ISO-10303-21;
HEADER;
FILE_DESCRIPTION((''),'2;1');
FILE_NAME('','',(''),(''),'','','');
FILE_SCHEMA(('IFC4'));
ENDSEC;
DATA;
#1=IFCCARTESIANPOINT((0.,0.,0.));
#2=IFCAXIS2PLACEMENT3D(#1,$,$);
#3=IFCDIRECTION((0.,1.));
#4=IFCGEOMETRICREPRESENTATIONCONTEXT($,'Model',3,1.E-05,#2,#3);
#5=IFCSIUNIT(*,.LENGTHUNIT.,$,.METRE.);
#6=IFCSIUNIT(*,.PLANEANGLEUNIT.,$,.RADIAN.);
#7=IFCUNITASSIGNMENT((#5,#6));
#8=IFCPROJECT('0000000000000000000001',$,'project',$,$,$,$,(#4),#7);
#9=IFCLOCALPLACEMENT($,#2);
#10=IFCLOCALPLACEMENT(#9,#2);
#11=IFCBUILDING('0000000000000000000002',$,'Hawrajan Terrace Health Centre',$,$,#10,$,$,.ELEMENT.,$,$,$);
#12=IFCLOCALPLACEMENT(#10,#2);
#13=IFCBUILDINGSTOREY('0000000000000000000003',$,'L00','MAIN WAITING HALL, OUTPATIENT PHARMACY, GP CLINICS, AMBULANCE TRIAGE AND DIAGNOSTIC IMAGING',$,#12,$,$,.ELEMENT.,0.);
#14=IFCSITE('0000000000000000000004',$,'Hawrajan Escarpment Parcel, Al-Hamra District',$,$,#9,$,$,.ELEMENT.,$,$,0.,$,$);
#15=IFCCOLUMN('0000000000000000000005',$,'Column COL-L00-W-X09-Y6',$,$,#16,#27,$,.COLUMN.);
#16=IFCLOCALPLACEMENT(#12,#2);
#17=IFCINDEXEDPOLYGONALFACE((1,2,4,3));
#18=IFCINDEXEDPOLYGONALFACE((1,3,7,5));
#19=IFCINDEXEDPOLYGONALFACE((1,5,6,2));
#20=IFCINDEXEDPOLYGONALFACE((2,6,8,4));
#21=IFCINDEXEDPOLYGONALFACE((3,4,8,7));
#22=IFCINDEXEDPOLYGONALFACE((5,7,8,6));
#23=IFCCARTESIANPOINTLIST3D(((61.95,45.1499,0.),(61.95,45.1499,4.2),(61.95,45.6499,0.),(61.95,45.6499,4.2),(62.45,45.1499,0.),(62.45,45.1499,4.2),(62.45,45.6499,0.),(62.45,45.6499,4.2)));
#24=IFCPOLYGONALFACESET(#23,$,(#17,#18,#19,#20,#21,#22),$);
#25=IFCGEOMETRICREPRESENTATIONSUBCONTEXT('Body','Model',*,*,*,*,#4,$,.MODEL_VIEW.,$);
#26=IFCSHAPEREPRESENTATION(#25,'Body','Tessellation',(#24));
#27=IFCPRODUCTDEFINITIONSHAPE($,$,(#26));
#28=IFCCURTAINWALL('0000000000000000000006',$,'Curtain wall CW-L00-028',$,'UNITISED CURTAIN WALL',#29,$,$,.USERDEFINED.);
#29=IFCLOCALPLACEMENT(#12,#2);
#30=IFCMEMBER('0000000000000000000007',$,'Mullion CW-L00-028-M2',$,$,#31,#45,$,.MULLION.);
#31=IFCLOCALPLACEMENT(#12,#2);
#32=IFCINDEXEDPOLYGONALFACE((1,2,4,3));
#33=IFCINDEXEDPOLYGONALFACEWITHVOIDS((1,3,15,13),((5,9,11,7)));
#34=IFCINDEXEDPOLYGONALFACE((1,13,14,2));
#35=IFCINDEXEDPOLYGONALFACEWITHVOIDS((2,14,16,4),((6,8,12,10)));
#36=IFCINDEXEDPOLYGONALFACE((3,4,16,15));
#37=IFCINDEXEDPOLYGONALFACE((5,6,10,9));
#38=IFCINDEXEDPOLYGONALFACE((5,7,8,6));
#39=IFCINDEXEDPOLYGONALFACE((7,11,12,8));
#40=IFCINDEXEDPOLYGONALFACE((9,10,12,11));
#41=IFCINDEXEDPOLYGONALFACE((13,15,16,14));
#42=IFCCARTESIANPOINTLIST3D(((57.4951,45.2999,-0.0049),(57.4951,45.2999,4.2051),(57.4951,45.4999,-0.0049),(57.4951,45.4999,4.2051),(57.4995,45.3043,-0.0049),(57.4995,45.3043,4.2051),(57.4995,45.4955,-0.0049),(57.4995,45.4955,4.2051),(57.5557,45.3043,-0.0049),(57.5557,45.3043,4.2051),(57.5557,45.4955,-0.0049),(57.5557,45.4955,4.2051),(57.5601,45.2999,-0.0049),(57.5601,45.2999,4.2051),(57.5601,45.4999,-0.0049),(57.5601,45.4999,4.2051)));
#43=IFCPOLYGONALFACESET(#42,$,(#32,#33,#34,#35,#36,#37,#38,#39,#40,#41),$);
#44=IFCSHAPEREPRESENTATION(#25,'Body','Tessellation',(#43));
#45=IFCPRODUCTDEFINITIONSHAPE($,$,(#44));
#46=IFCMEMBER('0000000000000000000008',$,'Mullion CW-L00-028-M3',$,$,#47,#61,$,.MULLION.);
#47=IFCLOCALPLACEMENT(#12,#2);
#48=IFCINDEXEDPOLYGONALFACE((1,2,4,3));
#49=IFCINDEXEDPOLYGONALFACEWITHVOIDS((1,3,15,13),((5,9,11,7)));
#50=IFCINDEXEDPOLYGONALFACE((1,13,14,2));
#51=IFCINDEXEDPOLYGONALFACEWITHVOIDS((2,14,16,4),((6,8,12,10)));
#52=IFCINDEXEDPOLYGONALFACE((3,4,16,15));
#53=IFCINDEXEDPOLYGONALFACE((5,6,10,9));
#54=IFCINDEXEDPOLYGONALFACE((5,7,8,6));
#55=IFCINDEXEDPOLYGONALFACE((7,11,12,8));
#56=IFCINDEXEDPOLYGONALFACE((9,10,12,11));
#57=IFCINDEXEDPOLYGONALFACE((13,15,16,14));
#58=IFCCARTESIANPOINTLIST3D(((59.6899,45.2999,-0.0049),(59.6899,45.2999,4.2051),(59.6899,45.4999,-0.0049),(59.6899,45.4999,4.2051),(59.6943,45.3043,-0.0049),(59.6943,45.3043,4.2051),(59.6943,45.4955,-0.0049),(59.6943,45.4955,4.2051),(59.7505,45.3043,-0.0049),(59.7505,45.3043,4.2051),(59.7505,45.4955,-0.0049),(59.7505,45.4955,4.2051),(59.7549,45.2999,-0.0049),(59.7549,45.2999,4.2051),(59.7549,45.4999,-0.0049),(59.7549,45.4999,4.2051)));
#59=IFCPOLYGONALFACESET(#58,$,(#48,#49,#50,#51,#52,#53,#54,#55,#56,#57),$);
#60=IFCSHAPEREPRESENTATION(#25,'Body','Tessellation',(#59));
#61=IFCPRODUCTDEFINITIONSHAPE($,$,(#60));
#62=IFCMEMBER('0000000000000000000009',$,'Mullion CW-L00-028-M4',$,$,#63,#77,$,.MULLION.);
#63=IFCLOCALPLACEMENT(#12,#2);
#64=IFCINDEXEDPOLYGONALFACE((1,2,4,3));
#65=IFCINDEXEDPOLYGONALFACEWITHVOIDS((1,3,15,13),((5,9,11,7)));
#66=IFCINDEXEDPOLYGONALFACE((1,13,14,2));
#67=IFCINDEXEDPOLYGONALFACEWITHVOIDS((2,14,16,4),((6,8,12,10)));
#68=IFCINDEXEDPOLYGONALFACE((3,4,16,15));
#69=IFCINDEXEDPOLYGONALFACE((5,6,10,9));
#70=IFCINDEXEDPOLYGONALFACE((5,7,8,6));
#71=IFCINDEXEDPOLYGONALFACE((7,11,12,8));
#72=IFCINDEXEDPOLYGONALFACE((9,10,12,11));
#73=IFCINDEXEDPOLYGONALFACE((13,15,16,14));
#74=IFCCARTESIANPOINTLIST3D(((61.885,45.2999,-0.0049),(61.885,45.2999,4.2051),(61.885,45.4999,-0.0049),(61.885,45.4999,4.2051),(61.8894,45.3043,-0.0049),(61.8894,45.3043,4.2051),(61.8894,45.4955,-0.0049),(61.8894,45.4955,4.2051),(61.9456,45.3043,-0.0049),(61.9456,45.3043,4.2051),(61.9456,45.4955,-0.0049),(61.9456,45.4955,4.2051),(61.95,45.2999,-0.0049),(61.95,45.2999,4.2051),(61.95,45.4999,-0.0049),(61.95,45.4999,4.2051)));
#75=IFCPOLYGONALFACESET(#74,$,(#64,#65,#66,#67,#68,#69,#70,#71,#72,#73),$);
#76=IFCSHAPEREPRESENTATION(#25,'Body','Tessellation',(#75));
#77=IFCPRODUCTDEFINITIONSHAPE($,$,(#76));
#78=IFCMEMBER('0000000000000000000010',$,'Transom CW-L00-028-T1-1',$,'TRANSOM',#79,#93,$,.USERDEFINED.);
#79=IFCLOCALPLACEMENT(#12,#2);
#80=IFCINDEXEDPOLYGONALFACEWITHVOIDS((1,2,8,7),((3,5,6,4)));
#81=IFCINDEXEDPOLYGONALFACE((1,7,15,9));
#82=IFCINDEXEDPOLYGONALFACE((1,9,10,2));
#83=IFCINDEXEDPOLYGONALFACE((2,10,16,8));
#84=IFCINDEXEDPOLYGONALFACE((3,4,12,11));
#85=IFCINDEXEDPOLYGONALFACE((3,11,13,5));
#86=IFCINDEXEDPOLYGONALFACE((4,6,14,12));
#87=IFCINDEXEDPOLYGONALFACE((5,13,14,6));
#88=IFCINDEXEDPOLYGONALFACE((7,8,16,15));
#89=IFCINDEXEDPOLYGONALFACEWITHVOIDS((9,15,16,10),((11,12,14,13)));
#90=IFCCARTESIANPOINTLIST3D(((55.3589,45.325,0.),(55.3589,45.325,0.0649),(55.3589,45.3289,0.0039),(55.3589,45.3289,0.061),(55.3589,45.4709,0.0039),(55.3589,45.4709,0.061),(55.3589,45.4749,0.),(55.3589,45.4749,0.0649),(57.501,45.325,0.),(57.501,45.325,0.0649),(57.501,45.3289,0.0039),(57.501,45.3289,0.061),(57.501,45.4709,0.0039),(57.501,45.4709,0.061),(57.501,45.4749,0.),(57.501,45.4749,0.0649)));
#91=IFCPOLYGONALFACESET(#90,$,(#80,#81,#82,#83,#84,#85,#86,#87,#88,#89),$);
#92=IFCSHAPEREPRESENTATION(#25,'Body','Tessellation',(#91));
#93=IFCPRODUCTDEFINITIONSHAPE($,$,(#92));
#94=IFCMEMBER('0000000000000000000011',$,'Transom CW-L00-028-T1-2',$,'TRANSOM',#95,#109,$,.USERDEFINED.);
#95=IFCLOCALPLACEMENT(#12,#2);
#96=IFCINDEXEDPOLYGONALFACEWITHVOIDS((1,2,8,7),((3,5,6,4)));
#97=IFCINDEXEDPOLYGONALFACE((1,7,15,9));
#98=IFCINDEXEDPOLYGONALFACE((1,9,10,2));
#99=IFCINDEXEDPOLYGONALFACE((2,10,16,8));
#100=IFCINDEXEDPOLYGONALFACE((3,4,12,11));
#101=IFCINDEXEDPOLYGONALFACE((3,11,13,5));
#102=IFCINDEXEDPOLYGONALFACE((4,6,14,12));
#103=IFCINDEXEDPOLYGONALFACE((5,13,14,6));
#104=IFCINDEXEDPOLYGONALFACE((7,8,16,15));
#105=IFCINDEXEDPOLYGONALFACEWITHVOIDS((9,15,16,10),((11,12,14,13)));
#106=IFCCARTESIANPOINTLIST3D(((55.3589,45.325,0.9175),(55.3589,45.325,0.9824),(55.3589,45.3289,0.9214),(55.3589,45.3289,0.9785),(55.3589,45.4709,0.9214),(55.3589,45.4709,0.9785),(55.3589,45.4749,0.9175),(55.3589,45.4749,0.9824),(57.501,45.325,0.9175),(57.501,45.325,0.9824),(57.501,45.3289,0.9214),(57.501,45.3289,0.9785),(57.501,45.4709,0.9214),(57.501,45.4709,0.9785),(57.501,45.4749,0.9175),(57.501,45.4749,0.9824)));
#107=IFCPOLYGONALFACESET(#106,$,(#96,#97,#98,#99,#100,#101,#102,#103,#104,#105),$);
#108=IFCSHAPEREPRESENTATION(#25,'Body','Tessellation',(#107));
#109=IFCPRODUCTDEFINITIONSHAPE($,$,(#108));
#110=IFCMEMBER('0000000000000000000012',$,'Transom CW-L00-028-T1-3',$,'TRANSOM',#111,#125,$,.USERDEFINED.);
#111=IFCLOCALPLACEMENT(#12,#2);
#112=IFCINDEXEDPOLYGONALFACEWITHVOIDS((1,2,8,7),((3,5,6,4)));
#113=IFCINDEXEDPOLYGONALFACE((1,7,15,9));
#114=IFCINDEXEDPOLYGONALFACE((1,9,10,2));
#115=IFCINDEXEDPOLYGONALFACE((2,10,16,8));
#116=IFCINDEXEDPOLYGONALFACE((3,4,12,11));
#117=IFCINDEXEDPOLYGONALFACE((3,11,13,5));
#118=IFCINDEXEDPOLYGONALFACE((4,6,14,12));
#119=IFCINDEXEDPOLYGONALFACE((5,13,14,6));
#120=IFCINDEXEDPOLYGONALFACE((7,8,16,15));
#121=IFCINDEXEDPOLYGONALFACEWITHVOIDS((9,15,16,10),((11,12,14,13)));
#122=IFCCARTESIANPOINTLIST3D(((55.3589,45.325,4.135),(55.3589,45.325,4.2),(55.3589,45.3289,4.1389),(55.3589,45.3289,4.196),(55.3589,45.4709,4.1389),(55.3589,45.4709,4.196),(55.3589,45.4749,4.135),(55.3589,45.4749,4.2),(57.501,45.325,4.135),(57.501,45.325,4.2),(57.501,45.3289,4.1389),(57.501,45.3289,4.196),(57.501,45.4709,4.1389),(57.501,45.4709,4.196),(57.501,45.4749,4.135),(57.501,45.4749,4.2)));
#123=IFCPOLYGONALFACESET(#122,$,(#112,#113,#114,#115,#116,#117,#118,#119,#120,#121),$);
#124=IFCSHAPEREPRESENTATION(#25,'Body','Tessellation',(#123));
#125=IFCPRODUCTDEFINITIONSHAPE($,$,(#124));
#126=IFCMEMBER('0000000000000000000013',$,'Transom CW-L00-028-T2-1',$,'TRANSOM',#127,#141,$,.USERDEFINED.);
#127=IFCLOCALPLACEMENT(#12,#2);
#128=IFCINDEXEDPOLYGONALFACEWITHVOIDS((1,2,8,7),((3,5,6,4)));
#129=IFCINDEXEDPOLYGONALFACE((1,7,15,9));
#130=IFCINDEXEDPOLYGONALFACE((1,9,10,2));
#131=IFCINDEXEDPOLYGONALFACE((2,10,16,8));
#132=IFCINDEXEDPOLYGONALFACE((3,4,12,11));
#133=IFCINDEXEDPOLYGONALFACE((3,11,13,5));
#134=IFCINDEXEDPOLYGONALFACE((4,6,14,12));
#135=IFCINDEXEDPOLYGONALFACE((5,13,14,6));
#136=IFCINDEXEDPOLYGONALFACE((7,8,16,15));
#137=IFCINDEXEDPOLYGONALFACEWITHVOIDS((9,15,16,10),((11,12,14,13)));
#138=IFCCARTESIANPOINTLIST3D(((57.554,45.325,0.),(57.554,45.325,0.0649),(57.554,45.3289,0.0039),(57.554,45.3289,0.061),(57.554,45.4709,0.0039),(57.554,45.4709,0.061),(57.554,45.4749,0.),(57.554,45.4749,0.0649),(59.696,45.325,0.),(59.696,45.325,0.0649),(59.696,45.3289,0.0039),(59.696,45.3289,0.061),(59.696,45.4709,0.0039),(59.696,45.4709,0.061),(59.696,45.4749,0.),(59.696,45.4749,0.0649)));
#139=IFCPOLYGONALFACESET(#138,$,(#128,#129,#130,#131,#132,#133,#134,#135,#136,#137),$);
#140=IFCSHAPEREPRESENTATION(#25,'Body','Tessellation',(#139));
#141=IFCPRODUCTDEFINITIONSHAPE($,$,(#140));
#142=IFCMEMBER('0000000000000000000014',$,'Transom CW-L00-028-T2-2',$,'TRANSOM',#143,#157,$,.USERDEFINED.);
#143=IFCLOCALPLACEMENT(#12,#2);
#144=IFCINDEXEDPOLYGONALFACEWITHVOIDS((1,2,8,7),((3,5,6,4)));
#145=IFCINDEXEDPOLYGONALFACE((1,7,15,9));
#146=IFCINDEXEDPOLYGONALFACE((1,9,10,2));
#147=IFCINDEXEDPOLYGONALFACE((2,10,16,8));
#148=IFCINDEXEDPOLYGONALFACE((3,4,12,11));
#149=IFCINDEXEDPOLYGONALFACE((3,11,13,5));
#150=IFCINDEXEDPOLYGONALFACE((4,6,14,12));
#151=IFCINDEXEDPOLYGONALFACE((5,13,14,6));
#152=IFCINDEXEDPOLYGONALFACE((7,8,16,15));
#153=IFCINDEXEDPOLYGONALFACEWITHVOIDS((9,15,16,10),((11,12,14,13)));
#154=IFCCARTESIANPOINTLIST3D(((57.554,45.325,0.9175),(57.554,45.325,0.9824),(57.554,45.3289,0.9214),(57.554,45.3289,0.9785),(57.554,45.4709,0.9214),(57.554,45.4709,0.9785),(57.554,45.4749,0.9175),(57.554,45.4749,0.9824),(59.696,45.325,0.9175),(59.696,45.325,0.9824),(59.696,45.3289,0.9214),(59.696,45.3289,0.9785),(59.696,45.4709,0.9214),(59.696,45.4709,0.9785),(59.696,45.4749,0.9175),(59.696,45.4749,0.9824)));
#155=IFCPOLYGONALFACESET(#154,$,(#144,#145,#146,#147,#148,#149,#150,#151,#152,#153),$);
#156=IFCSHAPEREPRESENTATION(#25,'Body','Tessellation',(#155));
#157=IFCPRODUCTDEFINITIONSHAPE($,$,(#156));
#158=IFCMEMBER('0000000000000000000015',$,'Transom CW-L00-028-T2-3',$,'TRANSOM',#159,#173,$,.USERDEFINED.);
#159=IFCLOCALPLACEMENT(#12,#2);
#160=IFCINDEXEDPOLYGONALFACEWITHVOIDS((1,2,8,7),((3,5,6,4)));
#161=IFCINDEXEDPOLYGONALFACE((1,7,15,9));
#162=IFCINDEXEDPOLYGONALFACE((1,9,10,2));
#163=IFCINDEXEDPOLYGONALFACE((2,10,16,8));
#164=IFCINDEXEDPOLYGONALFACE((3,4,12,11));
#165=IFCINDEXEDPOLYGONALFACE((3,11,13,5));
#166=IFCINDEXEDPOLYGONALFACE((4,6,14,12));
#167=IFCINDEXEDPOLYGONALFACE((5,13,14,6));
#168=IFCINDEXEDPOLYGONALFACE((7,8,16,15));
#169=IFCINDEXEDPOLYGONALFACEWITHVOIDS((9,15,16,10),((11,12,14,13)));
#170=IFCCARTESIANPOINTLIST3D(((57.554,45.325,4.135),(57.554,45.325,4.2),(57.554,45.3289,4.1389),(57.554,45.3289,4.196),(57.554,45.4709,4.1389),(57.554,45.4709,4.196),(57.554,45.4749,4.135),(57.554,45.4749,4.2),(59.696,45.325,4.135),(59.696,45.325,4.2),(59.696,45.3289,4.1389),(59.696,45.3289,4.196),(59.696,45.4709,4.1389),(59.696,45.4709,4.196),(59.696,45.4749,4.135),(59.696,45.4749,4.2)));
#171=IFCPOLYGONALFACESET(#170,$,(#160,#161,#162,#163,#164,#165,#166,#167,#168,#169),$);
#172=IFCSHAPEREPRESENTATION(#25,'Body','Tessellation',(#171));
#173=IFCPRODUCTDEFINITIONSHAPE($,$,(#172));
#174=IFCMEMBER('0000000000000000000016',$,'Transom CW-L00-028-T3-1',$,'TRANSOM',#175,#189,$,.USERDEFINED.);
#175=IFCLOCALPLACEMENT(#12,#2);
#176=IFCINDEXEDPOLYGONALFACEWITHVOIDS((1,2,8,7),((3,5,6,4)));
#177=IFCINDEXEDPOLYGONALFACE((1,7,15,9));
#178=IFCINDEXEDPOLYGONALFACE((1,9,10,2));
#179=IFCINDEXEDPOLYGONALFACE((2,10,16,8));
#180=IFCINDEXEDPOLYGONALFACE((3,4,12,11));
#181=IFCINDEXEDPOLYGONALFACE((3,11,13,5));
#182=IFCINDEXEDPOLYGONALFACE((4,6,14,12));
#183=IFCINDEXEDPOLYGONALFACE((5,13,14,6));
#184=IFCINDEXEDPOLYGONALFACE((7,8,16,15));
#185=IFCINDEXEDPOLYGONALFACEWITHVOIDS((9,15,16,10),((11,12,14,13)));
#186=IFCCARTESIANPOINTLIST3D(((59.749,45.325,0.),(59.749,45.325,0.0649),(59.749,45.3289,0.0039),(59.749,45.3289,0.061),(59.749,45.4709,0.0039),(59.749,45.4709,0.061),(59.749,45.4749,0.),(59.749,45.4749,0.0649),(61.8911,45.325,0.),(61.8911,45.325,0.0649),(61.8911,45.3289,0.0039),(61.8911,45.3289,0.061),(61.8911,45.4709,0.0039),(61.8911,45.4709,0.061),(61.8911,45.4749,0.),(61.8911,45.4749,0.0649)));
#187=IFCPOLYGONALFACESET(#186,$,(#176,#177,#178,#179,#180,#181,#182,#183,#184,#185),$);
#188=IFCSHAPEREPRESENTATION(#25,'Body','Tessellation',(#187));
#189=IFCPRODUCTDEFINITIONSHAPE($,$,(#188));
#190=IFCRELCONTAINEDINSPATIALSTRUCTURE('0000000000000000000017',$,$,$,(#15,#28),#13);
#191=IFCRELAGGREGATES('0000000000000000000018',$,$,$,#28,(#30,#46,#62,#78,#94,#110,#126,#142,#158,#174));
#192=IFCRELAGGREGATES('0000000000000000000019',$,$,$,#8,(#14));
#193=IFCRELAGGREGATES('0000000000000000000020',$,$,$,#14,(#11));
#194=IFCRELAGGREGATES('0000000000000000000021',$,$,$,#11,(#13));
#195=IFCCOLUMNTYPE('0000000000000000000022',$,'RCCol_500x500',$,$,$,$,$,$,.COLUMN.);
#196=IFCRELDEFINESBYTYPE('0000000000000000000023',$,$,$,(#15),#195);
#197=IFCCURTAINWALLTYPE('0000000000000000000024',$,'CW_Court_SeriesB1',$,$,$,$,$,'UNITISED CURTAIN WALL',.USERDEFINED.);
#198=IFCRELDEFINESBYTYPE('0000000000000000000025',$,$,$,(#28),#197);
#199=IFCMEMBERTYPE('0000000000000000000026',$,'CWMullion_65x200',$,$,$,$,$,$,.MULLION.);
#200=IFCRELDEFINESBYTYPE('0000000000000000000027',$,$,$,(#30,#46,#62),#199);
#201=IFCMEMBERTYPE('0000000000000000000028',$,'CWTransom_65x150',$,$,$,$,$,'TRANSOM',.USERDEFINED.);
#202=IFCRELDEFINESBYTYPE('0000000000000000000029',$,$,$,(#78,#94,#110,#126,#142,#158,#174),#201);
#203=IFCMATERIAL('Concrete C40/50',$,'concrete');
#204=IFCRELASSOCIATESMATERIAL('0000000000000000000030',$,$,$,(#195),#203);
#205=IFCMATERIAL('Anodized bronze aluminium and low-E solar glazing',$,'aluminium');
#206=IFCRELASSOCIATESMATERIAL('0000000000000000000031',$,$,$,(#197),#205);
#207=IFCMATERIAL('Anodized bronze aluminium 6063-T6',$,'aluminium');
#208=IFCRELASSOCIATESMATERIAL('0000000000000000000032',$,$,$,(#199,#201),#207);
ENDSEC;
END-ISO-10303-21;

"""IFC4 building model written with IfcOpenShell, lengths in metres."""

from ifc_helpers import new_model, si_unit, direction, frame, origin, origin_2d, place, context, subcontext, project, spatial, rectangle, hollow_rectangle, extrude, material, material_profile, profile_set, type_object, element, aggregate, save


model = new_model("IFC4")

# Units and contexts
model_context = context("Model", 3, precision=1e-05, world=origin(), true_north=direction((0.0, 1.0)))
body_context = subcontext(model_context, "Body", "Model", "MODEL_VIEW")
ifc_project = project(units=[si_unit("LENGTHUNIT", "METRE"), si_unit("PLANEANGLEUNIT", "RADIAN")], contexts=[model_context])

# Site, building, storey
site_placement = place(None, origin())
site = spatial("IfcSite", under=ifc_project, at=site_placement, Name="Hawrajan Escarpment Parcel, Al-Hamra District", CompositionType="ELEMENT", RefElevation=0.0)
building_placement = place(site_placement, origin())
building = spatial("IfcBuilding", under=site, at=building_placement, Name="Hawrajan Terrace Health Centre", CompositionType="ELEMENT")
storey_placement = place(building_placement, origin())
storey = spatial("IfcBuildingStorey", under=building, at=storey_placement, Name="L00", Description="MAIN WAITING HALL, OUTPATIENT PHARMACY, GP CLINICS, AMBULANCE TRIAGE AND DIAGNOSTIC IMAGING", CompositionType="ELEMENT", Elevation=0.0)

# Column
ifc_material_1 = material(Name="Concrete C40/50", Category="concrete")
ifc_material_profile_1 = material_profile(ifc_material_1, rectangle(XDim=0.5, YDim=0.5, at=origin_2d()), Name="RC 500x500")
ifc_profile_set_1 = profile_set([ifc_material_profile_1], Name="Concrete C40/50")
column_type = type_object("IfcColumnType", Name="RCCol_500x500", PredefinedType="COLUMN", material=ifc_profile_set_1)
column_placement = place(storey_placement, frame((62.2, 45.3999, 0.0), z_axis=(0.0, 0.0, 1.0), x_axis=(1.0, 0.0, 0.0)))
element("IfcColumn", 1, at=column_placement, inside=storey, type_object=column_type, Name="Column COL-L00-W-X09-Y6", PredefinedType="COLUMN", context=body_context, shape_type="SweptSolid", body=[
    extrude(rectangle(XDim=0.5, YDim=0.5, at=origin_2d()), origin(), (0.0, 0.0, 1.0), 4.2),
])

# Curtain wall, members
ifc_material_2 = material(Name="Anodized bronze aluminium and low-E solar glazing", Category="aluminium")
curtain_wall_type = type_object("IfcCurtainWallType", Name="CW_Court_SeriesB1", ElementType="UNITISED CURTAIN WALL", PredefinedType="USERDEFINED", material=ifc_material_2)
curtain_wall_placement = place(storey_placement, origin())
curtain_wall = element("IfcCurtainWall", 2, at=curtain_wall_placement, inside=storey, type_object=curtain_wall_type, Name="Curtain wall CW-L00-028", ObjectType="UNITISED CURTAIN WALL", PredefinedType="USERDEFINED")
ifc_material_3 = material(Name="Anodized bronze aluminium 6063-T6", Category="aluminium")
ifc_material_profile_2 = material_profile(ifc_material_3, hollow_rectangle(XDim=0.0649, YDim=0.2, WallThickness=0.0044, at=origin_2d()), Name="CW MUL 65x200")
ifc_profile_set_2 = profile_set([ifc_material_profile_2], Name="Anodized bronze aluminium 6063-T6")
member_type_1 = type_object("IfcMemberType", Name="CWMullion_65x200", PredefinedType="MULLION", material=ifc_profile_set_2)
member_1_placement = place(storey_placement, frame((57.5276, 45.3999, -0.0049), z_axis=(0.0, 0.0, 1.0), x_axis=(1.0, 0.0, 0.0)))
member_1 = element("IfcMember", 3, at=member_1_placement, type_object=member_type_1, Name="Mullion CW-L00-028-M2", PredefinedType="MULLION", context=body_context, shape_type="SweptSolid", body=[
    extrude(hollow_rectangle(XDim=0.0649, YDim=0.2, WallThickness=0.0044, at=origin_2d()), origin(), (0.0, 0.0, 1.0), 4.21),
])
member_2_placement = place(storey_placement, frame((59.7224, 45.3999, -0.0049), z_axis=(0.0, 0.0, 1.0), x_axis=(1.0, 0.0, 0.0)))
member_2 = element("IfcMember", 4, at=member_2_placement, type_object=member_type_1, Name="Mullion CW-L00-028-M3", PredefinedType="MULLION", context=body_context, shape_type="SweptSolid", body=[
    extrude(hollow_rectangle(XDim=0.0649, YDim=0.2, WallThickness=0.0044, at=origin_2d()), origin(), (0.0, 0.0, 1.0), 4.21),
])
member_3_placement = place(storey_placement, frame((61.9175, 45.3999, -0.0049), z_axis=(0.0, 0.0, 1.0), x_axis=(1.0, 0.0, 0.0)))
member_3 = element("IfcMember", 5, at=member_3_placement, type_object=member_type_1, Name="Mullion CW-L00-028-M4", PredefinedType="MULLION", context=body_context, shape_type="SweptSolid", body=[
    extrude(hollow_rectangle(XDim=0.0649, YDim=0.2, WallThickness=0.0044, at=origin_2d()), origin(), (0.0, 0.0, 1.0), 4.21),
])
ifc_material_profile_3 = material_profile(ifc_material_3, hollow_rectangle(XDim=0.0649, YDim=0.1499, WallThickness=0.0039, at=origin_2d()), Name="CW TRN 65x150")
ifc_profile_set_3 = profile_set([ifc_material_profile_3], Name="Anodized bronze aluminium 6063-T6")
member_type_2 = type_object("IfcMemberType", Name="CWTransom_65x150", ElementType="TRANSOM", PredefinedType="USERDEFINED", material=ifc_profile_set_3)
member_4_placement = place(storey_placement, frame((55.3589, 45.3999, 0.0325), z_axis=(1.0, 0.0, 0.0), x_axis=(0.0, 0.0, 1.0)))
member_4 = element("IfcMember", 6, at=member_4_placement, type_object=member_type_2, Name="Transom CW-L00-028-T1-1", ObjectType="TRANSOM", PredefinedType="USERDEFINED", context=body_context, shape_type="SweptSolid", body=[
    extrude(hollow_rectangle(XDim=0.0649, YDim=0.1499, WallThickness=0.0039, at=origin_2d()), origin(), (0.0, 0.0, 1.0), 2.1421),
])
member_5_placement = place(storey_placement, frame((55.3589, 45.3999, 0.95), z_axis=(1.0, 0.0, 0.0), x_axis=(0.0, 0.0, 1.0)))
member_5 = element("IfcMember", 7, at=member_5_placement, type_object=member_type_2, Name="Transom CW-L00-028-T1-2", ObjectType="TRANSOM", PredefinedType="USERDEFINED", context=body_context, shape_type="SweptSolid", body=[
    extrude(hollow_rectangle(XDim=0.0649, YDim=0.1499, WallThickness=0.0039, at=origin_2d()), origin(), (0.0, 0.0, 1.0), 2.1421),
])
member_6_placement = place(storey_placement, frame((55.3589, 45.3999, 4.1675), z_axis=(1.0, 0.0, 0.0), x_axis=(0.0, 0.0, 1.0)))
member_6 = element("IfcMember", 8, at=member_6_placement, type_object=member_type_2, Name="Transom CW-L00-028-T1-3", ObjectType="TRANSOM", PredefinedType="USERDEFINED", context=body_context, shape_type="SweptSolid", body=[
    extrude(hollow_rectangle(XDim=0.0649, YDim=0.1499, WallThickness=0.0039, at=origin_2d()), origin(), (0.0, 0.0, 1.0), 2.1421),
])
member_7_placement = place(storey_placement, frame((57.554, 45.3999, 0.0325), z_axis=(1.0, 0.0, 0.0), x_axis=(0.0, 0.0, 1.0)))
member_7 = element("IfcMember", 9, at=member_7_placement, type_object=member_type_2, Name="Transom CW-L00-028-T2-1", ObjectType="TRANSOM", PredefinedType="USERDEFINED", context=body_context, shape_type="SweptSolid", body=[
    extrude(hollow_rectangle(XDim=0.0649, YDim=0.1499, WallThickness=0.0039, at=origin_2d()), origin(), (0.0, 0.0, 1.0), 2.1421),
])
member_8_placement = place(storey_placement, frame((57.554, 45.3999, 0.95), z_axis=(1.0, 0.0, 0.0), x_axis=(0.0, 0.0, 1.0)))
member_8 = element("IfcMember", 10, at=member_8_placement, type_object=member_type_2, Name="Transom CW-L00-028-T2-2", ObjectType="TRANSOM", PredefinedType="USERDEFINED", context=body_context, shape_type="SweptSolid", body=[
    extrude(hollow_rectangle(XDim=0.0649, YDim=0.1499, WallThickness=0.0039, at=origin_2d()), origin(), (0.0, 0.0, 1.0), 2.1421),
])
member_9_placement = place(storey_placement, frame((57.554, 45.3999, 4.1675), z_axis=(1.0, 0.0, 0.0), x_axis=(0.0, 0.0, 1.0)))
member_9 = element("IfcMember", 11, at=member_9_placement, type_object=member_type_2, Name="Transom CW-L00-028-T2-3", ObjectType="TRANSOM", PredefinedType="USERDEFINED", context=body_context, shape_type="SweptSolid", body=[
    extrude(hollow_rectangle(XDim=0.0649, YDim=0.1499, WallThickness=0.0039, at=origin_2d()), origin(), (0.0, 0.0, 1.0), 2.1421),
])
member_10_placement = place(storey_placement, frame((59.749, 45.3999, 0.0325), z_axis=(1.0, 0.0, 0.0), x_axis=(0.0, 0.0, 1.0)))
member_10 = element("IfcMember", 12, at=member_10_placement, type_object=member_type_2, Name="Transom CW-L00-028-T3-1", ObjectType="TRANSOM", PredefinedType="USERDEFINED", context=body_context, shape_type="SweptSolid", body=[
    extrude(hollow_rectangle(XDim=0.0649, YDim=0.1499, WallThickness=0.0039, at=origin_2d()), origin(), (0.0, 0.0, 1.0), 2.1421),
])

aggregate(curtain_wall, [member_1, member_2, member_3, member_4, member_5, member_6, member_7, member_8, member_9, member_10])

save(model, "model.ifc")
